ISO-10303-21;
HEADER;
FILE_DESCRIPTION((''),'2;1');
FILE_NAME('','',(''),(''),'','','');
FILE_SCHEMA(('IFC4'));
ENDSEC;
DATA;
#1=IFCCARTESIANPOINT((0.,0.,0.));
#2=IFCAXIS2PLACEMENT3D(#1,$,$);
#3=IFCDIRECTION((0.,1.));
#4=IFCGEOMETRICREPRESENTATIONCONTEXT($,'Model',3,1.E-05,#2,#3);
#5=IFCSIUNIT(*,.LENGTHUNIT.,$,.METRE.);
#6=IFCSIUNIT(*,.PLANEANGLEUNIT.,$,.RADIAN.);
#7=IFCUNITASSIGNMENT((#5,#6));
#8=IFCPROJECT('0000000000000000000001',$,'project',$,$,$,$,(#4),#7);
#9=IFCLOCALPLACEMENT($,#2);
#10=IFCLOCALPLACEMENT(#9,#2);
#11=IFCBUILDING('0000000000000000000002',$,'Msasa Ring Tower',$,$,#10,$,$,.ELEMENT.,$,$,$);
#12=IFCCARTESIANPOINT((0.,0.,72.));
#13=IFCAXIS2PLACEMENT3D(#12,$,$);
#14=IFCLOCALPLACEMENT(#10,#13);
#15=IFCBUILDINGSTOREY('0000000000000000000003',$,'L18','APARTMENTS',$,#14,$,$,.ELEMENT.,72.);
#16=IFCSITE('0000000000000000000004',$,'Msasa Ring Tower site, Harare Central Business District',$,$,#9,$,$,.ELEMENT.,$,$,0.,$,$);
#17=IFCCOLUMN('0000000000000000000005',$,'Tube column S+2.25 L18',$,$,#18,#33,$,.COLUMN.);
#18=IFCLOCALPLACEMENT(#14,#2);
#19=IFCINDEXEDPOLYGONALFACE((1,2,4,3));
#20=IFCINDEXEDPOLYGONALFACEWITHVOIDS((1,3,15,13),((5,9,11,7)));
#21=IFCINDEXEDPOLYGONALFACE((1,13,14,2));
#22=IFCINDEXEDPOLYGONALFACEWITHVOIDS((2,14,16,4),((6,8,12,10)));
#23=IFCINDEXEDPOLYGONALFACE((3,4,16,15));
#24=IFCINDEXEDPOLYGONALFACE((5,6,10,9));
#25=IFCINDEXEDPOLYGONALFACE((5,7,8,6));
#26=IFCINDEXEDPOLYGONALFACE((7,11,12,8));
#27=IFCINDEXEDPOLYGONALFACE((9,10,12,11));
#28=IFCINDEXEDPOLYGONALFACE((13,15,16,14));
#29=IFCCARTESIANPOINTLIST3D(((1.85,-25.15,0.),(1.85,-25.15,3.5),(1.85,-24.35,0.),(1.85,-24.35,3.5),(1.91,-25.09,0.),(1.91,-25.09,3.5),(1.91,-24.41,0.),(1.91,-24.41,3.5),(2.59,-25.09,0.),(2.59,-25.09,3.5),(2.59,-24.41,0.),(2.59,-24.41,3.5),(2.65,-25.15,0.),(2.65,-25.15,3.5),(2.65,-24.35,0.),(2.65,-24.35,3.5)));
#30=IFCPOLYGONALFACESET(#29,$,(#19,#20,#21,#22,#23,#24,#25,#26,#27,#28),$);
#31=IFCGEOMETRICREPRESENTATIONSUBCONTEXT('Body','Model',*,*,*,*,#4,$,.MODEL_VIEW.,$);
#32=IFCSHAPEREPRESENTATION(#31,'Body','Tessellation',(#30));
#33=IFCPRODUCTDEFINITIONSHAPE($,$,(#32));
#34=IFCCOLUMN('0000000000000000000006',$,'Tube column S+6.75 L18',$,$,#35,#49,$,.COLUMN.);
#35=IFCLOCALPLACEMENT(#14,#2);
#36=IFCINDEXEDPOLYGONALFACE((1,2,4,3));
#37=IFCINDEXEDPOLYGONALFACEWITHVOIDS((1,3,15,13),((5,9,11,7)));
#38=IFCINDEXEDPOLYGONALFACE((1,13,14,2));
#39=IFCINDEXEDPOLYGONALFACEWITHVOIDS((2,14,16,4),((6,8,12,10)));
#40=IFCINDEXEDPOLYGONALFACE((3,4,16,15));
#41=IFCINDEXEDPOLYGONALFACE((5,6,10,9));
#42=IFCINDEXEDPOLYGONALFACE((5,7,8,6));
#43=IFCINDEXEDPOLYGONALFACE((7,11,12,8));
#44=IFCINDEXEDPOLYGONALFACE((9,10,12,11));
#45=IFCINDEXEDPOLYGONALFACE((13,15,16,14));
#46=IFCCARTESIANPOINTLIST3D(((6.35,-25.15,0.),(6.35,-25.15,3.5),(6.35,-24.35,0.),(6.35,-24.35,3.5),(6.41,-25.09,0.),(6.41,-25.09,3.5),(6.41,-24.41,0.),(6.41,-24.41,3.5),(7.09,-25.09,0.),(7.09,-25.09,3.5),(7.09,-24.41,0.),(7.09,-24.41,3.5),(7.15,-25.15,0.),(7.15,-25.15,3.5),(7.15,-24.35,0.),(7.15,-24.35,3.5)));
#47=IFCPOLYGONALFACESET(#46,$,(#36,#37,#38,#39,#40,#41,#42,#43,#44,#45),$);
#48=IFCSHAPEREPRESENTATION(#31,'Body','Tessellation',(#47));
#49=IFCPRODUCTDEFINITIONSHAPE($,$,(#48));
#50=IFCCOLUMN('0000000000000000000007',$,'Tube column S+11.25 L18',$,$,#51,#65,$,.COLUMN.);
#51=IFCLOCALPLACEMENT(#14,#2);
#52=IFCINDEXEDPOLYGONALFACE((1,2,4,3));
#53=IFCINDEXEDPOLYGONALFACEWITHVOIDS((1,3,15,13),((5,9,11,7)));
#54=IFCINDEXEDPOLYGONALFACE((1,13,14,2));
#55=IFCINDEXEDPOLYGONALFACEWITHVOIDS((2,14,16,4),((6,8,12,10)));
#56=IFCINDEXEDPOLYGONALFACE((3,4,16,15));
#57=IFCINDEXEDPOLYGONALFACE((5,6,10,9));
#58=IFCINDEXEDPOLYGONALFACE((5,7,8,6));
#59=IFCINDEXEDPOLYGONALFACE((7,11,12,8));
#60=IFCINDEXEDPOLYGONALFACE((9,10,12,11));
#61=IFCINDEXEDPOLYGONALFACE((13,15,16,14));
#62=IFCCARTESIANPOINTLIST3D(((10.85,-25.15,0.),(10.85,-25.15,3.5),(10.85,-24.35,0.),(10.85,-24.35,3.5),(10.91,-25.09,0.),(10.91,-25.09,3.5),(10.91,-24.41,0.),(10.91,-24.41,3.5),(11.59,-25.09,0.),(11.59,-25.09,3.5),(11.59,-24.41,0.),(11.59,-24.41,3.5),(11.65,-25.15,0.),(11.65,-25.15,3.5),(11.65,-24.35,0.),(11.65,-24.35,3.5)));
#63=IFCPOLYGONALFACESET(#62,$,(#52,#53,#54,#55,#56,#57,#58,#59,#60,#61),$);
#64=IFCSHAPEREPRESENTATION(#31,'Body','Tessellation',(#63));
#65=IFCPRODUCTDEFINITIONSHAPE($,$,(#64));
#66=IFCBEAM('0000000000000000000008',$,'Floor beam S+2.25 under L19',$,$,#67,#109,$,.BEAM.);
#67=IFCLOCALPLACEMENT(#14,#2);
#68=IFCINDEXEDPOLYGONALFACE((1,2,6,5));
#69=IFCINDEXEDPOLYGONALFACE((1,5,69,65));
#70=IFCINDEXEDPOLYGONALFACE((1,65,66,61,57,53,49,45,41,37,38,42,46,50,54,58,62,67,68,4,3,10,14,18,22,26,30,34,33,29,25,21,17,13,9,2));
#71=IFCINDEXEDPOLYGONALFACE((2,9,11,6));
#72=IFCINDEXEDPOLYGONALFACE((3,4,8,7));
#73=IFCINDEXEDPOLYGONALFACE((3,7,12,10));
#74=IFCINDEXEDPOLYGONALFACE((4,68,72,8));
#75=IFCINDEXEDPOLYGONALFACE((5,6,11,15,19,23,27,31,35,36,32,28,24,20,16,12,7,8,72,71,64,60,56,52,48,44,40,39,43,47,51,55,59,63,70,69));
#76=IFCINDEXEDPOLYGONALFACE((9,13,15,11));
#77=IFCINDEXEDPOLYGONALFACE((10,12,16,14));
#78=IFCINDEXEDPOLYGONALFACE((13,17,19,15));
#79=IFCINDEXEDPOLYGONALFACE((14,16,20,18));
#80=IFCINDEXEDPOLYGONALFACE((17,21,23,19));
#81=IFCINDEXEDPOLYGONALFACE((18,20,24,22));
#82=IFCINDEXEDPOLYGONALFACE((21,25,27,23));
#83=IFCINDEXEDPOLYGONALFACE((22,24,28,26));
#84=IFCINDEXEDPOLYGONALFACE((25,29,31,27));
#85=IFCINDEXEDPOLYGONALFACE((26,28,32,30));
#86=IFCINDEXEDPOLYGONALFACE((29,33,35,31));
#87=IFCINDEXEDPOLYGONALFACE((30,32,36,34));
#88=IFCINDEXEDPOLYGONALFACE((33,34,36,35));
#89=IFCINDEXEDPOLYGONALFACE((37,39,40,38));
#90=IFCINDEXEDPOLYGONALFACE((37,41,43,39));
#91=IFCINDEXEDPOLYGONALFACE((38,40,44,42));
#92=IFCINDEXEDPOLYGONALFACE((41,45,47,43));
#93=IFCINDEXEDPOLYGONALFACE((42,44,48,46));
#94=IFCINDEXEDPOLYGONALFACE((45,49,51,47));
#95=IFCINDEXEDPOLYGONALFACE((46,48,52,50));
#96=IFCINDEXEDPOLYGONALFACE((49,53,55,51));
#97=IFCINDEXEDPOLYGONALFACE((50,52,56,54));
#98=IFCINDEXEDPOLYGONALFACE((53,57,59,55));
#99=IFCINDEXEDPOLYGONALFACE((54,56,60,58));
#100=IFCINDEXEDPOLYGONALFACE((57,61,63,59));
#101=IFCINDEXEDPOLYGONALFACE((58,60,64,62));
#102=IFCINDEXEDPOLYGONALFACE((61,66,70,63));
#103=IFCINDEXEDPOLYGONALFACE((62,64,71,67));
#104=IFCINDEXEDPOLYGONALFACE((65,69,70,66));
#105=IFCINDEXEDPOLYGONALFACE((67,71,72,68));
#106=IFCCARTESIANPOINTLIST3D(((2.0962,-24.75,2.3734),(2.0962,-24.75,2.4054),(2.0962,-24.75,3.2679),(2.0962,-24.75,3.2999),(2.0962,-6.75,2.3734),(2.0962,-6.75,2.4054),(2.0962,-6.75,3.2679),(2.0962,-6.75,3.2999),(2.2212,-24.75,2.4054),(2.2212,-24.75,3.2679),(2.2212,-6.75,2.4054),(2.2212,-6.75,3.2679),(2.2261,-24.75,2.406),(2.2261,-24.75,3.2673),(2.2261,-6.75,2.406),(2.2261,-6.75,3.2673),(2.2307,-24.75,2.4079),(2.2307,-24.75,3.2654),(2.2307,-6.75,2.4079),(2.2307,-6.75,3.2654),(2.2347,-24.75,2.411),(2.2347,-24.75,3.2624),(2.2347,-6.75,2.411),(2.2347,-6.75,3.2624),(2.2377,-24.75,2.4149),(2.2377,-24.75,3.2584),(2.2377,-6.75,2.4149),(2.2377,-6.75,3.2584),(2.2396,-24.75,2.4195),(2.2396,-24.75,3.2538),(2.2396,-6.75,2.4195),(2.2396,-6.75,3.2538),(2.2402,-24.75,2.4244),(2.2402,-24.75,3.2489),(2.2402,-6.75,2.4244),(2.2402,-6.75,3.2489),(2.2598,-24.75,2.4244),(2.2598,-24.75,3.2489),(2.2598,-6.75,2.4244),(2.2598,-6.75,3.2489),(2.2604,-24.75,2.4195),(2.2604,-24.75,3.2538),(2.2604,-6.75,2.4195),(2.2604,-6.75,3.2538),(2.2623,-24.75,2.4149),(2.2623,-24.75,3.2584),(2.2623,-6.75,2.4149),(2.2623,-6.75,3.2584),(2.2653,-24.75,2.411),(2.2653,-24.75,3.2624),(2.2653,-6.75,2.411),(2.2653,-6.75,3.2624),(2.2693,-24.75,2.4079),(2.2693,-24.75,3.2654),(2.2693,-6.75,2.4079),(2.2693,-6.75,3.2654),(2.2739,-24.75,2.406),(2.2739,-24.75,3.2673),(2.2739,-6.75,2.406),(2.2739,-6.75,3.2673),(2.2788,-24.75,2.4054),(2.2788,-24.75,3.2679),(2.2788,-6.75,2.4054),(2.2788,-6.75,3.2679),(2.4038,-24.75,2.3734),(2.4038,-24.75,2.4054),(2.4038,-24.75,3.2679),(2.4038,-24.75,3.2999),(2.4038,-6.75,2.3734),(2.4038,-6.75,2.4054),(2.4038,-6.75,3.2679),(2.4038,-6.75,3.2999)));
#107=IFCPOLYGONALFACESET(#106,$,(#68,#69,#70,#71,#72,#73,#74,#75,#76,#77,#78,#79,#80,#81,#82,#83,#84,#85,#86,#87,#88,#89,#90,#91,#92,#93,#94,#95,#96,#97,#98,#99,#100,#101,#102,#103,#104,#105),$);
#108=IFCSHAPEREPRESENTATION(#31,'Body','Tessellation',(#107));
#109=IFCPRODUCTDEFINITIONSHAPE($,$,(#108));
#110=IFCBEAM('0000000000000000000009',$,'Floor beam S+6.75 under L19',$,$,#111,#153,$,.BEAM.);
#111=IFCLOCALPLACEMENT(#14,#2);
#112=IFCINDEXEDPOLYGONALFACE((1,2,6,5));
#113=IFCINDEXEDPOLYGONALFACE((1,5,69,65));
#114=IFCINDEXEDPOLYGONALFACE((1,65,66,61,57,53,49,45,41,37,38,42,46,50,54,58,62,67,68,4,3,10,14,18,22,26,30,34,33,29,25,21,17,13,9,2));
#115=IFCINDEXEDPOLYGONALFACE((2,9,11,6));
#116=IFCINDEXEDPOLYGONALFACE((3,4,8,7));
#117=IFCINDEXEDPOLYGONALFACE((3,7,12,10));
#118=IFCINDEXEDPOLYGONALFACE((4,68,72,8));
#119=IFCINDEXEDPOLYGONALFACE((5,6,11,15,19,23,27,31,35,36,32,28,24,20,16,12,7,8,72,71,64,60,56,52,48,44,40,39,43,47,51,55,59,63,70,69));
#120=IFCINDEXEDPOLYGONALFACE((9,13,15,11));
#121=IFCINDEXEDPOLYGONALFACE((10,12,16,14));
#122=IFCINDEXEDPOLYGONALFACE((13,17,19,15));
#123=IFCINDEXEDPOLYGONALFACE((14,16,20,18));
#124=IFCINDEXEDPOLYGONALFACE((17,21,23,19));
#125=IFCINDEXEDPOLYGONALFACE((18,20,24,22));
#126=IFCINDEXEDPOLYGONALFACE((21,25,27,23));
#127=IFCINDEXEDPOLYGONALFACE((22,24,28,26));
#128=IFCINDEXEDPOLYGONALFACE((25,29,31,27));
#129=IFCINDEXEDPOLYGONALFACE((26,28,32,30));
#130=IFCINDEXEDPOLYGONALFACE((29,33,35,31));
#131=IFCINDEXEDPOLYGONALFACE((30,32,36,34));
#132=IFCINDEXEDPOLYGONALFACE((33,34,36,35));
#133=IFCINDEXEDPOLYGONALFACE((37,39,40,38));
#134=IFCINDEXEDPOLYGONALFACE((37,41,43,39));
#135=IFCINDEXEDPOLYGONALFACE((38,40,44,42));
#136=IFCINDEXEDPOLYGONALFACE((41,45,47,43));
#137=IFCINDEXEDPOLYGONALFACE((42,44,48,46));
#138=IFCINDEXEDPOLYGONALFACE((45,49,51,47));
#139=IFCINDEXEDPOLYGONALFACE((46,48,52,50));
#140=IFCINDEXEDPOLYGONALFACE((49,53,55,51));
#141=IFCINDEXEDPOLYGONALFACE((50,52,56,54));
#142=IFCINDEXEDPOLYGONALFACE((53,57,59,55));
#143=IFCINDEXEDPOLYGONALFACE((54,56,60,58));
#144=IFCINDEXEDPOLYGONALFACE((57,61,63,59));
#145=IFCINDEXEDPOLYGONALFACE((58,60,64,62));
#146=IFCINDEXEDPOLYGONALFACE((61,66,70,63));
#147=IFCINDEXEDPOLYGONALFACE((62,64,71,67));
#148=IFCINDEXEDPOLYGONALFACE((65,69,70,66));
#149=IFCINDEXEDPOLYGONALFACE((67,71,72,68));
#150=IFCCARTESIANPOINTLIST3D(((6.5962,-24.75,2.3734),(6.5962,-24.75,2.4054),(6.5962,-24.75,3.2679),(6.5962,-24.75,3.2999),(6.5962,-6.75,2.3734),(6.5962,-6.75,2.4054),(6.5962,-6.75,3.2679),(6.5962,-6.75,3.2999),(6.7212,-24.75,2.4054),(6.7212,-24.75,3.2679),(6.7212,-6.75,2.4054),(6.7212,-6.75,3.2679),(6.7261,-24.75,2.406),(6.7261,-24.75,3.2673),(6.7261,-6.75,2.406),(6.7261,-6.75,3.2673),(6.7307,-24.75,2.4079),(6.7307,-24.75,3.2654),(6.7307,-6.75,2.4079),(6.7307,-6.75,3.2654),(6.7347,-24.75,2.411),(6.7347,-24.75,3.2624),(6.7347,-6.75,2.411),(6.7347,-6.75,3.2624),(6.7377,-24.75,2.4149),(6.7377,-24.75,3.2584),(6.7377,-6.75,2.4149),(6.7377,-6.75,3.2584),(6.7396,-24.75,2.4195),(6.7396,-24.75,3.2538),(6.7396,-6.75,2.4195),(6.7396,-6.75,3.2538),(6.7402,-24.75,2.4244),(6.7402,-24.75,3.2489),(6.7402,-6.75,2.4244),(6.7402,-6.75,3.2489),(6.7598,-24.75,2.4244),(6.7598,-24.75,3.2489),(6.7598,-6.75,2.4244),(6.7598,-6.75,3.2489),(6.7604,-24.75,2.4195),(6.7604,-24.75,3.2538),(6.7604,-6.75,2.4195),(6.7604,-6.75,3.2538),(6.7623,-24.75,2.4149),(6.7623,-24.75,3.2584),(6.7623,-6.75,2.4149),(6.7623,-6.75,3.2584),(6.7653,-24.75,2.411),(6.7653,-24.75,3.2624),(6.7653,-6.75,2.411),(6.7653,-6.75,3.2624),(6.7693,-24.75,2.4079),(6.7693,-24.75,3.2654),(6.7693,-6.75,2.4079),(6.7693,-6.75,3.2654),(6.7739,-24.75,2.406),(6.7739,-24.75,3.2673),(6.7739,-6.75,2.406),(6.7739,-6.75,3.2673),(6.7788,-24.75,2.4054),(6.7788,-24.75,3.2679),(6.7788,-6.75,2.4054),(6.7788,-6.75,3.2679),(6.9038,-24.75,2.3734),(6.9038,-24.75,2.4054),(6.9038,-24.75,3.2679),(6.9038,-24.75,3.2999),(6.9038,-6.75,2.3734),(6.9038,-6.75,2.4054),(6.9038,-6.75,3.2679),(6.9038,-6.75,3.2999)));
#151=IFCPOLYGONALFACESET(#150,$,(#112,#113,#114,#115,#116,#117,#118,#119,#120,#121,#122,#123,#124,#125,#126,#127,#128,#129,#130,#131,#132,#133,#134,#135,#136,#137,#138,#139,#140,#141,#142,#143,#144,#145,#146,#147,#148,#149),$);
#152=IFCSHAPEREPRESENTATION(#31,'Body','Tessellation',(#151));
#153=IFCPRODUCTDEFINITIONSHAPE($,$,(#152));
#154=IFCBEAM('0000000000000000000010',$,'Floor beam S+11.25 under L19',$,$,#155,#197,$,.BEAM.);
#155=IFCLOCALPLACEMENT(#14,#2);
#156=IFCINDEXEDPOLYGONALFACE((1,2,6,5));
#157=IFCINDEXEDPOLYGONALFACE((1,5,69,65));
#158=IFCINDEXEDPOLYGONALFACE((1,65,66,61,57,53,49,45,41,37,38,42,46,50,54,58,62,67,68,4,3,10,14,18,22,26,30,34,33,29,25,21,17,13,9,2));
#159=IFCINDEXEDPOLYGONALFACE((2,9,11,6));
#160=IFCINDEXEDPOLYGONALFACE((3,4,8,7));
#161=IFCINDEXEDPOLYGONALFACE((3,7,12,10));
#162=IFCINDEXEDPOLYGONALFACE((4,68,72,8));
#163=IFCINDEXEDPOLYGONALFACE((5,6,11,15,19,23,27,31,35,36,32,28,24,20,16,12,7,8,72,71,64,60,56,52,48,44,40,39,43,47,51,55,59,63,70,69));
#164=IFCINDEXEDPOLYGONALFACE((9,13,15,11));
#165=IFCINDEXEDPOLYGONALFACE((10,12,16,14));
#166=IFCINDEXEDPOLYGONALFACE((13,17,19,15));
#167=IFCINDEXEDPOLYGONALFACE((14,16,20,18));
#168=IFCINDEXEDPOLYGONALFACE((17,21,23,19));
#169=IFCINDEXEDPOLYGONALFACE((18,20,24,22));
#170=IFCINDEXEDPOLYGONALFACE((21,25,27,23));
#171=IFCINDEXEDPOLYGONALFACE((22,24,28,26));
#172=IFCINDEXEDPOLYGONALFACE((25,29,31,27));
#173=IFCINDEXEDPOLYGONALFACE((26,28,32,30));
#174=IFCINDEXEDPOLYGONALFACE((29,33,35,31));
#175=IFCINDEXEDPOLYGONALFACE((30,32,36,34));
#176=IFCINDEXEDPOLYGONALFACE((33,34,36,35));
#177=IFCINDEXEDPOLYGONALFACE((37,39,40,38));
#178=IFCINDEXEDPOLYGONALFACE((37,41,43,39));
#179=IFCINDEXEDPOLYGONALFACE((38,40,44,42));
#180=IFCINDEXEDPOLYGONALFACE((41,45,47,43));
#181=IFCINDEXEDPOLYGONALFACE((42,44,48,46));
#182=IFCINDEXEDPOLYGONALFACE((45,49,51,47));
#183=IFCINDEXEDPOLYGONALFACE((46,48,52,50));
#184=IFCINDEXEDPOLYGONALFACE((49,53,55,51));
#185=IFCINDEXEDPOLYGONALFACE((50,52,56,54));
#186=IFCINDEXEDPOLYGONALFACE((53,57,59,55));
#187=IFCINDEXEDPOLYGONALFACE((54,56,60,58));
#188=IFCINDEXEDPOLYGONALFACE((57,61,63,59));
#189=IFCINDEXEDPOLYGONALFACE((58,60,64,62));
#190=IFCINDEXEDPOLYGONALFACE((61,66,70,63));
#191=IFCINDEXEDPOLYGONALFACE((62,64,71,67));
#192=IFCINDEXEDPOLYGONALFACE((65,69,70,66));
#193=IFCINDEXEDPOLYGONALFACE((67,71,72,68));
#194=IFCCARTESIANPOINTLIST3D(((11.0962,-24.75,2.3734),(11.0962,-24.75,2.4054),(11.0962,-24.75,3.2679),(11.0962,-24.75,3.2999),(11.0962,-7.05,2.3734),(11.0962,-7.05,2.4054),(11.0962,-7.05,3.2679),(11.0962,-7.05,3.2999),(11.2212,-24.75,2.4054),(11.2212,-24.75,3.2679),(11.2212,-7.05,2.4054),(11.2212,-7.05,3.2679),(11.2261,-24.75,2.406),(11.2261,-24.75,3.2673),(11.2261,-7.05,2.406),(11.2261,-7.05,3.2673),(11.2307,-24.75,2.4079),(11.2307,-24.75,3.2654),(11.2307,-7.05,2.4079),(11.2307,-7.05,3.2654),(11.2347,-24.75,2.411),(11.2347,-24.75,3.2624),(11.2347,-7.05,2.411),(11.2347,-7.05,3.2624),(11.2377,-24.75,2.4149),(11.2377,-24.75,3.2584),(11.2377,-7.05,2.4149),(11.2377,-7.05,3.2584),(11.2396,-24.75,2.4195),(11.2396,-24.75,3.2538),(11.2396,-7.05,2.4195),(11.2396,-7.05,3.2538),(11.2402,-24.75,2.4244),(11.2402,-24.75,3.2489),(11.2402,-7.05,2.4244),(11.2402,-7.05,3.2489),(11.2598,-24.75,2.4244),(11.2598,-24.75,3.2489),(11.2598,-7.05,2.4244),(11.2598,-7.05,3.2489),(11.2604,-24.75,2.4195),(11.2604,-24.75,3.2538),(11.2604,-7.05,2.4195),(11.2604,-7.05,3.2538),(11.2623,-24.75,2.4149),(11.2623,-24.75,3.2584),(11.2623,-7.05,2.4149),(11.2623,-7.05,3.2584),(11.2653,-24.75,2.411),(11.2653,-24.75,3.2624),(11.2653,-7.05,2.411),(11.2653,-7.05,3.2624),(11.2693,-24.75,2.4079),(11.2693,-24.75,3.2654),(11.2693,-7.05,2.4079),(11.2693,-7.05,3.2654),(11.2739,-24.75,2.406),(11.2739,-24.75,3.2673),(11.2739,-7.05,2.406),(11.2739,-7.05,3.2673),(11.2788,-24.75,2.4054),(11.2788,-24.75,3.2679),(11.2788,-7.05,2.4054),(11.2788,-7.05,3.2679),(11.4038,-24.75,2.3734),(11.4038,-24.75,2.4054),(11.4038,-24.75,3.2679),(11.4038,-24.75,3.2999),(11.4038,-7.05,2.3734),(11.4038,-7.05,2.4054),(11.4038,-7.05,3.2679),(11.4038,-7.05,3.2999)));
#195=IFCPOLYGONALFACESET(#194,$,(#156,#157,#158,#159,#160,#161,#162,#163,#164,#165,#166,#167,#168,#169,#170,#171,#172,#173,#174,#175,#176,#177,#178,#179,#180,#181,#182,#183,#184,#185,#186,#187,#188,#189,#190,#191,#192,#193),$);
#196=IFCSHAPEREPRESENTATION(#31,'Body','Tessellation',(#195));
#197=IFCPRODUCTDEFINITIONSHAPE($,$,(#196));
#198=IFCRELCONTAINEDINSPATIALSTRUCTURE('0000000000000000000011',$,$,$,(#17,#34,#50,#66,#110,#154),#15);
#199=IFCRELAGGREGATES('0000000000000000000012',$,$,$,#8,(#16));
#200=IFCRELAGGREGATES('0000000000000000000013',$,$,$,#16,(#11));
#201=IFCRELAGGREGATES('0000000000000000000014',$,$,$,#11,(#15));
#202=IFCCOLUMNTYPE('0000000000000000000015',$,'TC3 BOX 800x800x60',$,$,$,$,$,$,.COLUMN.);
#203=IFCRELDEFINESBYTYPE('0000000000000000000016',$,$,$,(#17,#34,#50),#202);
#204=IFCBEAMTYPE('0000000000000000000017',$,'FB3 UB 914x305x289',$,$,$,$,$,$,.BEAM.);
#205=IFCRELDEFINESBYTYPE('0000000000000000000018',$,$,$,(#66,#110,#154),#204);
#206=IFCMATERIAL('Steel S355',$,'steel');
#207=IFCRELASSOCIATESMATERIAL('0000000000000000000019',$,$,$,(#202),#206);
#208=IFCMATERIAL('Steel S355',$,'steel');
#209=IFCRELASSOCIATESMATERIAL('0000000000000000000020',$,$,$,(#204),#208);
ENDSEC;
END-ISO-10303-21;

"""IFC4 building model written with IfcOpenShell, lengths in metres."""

from ifc_helpers import new_model, si_unit, direction, frame, origin, origin_2d, place, context, subcontext, project, spatial, hollow_rectangle, i_section, extrude, material, material_profile, profile_set, type_object, element, save


model = new_model("IFC4")

# Units and contexts
model_context = context("Model", 3, precision=1e-05, world=origin(), true_north=direction((0.0, 1.0)))
body_context = subcontext(model_context, "Body", "Model", "MODEL_VIEW")
ifc_project = project(units=[si_unit("LENGTHUNIT", "METRE"), si_unit("PLANEANGLEUNIT", "RADIAN")], contexts=[model_context])

# Site, building, storey
site_placement = place(None, origin())
site = spatial("IfcSite", under=ifc_project, at=site_placement, Name="Msasa Ring Tower site, Harare Central Business District", CompositionType="ELEMENT", RefElevation=0.0)
building_placement = place(site_placement, origin())
building = spatial("IfcBuilding", under=site, at=building_placement, Name="Msasa Ring Tower", CompositionType="ELEMENT")
storey_placement = place(building_placement, frame((0.0, 0.0, 72.0)))
storey = spatial("IfcBuildingStorey", under=building, at=storey_placement, Name="L18", Description="APARTMENTS", CompositionType="ELEMENT", Elevation=72.0)

# Columns
ifc_material_1 = material(Name="Steel S355", Category="steel")
ifc_material_profile_1 = material_profile(ifc_material_1, hollow_rectangle(XDim=0.8, YDim=0.8, WallThickness=0.0601, at=origin_2d()), Name="BOX 800x800x60")
ifc_profile_set_1 = profile_set([ifc_material_profile_1], Name="Steel S355")
column_type = type_object("IfcColumnType", Name="TC3 BOX 800x800x60", PredefinedType="COLUMN", material=ifc_profile_set_1)
for number, where, z_axis, x_axis, name in (
    (1, (2.25, -24.75, 0.0), (0.0, 0.0, 1.0), (0.0, 1.0, 0.0), "Tube column S+2.25 L18"),
    (2, (6.75, -24.75, 0.0), (0.0, 0.0, 1.0), (0.0, 1.0, 0.0), "Tube column S+6.75 L18"),
    (3, (11.25, -24.75, 0.0), (0.0, 0.0, 1.0), (0.0, 1.0, 0.0), "Tube column S+11.25 L18"),
):
    element("IfcColumn", number, at=place(storey_placement, frame(where, z_axis=z_axis, x_axis=x_axis)), inside=storey, type_object=column_type, Name=name, PredefinedType="COLUMN", context=body_context, shape_type="SweptSolid", body=[
        extrude(hollow_rectangle(XDim=0.8, YDim=0.8, WallThickness=0.0601, at=origin_2d()), origin(), (0.0, 0.0, 1.0), 3.5),
    ])

# Beams
ifc_material_2 = material(Name="Steel S355", Category="steel")
ifc_material_profile_2 = material_profile(ifc_material_2, i_section(OverallWidth=0.3076, OverallDepth=0.9265, WebThickness=0.0195, FlangeThickness=0.032, FilletRadius=0.019, at=origin_2d()), Name="UB 914x305x289")
ifc_profile_set_2 = profile_set([ifc_material_profile_2], Name="Steel S355")
beam_type_1 = type_object("IfcBeamType", Name="FB3 UB 914x305x289", PredefinedType="BEAM", material=ifc_profile_set_2)
for number, where, z_axis, x_axis, name in (
    (4, (2.25, -24.75, 2.8367), (0.0, 1.0, 0.0), (-1.0, 0.0, 0.0), "Floor beam S+2.25 under L19"),
    (5, (6.75, -24.75, 2.8367), (0.0, 1.0, 0.0), (-1.0, 0.0, 0.0), "Floor beam S+6.75 under L19"),
):
    element("IfcBeam", number, at=place(storey_placement, frame(where, z_axis=z_axis, x_axis=x_axis)), inside=storey, type_object=beam_type_1, Name=name, PredefinedType="BEAM", context=body_context, shape_type="SweptSolid", body=[
        extrude(i_section(OverallWidth=0.3076, OverallDepth=0.9265, WebThickness=0.0195, FlangeThickness=0.032, FilletRadius=0.019, at=origin_2d()), origin(), (0.0, 0.0, 1.0), 18.0),
    ])
beam_placement = place(storey_placement, frame((11.25, -24.75, 2.8367), z_axis=(0.0, 1.0, 0.0), x_axis=(-1.0, 0.0, 0.0)))
element("IfcBeam", 6, at=beam_placement, inside=storey, type_object=beam_type_1, Name="Floor beam S+11.25 under L19", PredefinedType="BEAM", context=body_context, shape_type="SweptSolid", body=[
    extrude(i_section(OverallWidth=0.3076, OverallDepth=0.9265, WebThickness=0.0195, FlangeThickness=0.032, FilletRadius=0.019, at=origin_2d()), origin(), (0.0, 0.0, 1.0), 17.7),
])

save(model, "model.ifc")
